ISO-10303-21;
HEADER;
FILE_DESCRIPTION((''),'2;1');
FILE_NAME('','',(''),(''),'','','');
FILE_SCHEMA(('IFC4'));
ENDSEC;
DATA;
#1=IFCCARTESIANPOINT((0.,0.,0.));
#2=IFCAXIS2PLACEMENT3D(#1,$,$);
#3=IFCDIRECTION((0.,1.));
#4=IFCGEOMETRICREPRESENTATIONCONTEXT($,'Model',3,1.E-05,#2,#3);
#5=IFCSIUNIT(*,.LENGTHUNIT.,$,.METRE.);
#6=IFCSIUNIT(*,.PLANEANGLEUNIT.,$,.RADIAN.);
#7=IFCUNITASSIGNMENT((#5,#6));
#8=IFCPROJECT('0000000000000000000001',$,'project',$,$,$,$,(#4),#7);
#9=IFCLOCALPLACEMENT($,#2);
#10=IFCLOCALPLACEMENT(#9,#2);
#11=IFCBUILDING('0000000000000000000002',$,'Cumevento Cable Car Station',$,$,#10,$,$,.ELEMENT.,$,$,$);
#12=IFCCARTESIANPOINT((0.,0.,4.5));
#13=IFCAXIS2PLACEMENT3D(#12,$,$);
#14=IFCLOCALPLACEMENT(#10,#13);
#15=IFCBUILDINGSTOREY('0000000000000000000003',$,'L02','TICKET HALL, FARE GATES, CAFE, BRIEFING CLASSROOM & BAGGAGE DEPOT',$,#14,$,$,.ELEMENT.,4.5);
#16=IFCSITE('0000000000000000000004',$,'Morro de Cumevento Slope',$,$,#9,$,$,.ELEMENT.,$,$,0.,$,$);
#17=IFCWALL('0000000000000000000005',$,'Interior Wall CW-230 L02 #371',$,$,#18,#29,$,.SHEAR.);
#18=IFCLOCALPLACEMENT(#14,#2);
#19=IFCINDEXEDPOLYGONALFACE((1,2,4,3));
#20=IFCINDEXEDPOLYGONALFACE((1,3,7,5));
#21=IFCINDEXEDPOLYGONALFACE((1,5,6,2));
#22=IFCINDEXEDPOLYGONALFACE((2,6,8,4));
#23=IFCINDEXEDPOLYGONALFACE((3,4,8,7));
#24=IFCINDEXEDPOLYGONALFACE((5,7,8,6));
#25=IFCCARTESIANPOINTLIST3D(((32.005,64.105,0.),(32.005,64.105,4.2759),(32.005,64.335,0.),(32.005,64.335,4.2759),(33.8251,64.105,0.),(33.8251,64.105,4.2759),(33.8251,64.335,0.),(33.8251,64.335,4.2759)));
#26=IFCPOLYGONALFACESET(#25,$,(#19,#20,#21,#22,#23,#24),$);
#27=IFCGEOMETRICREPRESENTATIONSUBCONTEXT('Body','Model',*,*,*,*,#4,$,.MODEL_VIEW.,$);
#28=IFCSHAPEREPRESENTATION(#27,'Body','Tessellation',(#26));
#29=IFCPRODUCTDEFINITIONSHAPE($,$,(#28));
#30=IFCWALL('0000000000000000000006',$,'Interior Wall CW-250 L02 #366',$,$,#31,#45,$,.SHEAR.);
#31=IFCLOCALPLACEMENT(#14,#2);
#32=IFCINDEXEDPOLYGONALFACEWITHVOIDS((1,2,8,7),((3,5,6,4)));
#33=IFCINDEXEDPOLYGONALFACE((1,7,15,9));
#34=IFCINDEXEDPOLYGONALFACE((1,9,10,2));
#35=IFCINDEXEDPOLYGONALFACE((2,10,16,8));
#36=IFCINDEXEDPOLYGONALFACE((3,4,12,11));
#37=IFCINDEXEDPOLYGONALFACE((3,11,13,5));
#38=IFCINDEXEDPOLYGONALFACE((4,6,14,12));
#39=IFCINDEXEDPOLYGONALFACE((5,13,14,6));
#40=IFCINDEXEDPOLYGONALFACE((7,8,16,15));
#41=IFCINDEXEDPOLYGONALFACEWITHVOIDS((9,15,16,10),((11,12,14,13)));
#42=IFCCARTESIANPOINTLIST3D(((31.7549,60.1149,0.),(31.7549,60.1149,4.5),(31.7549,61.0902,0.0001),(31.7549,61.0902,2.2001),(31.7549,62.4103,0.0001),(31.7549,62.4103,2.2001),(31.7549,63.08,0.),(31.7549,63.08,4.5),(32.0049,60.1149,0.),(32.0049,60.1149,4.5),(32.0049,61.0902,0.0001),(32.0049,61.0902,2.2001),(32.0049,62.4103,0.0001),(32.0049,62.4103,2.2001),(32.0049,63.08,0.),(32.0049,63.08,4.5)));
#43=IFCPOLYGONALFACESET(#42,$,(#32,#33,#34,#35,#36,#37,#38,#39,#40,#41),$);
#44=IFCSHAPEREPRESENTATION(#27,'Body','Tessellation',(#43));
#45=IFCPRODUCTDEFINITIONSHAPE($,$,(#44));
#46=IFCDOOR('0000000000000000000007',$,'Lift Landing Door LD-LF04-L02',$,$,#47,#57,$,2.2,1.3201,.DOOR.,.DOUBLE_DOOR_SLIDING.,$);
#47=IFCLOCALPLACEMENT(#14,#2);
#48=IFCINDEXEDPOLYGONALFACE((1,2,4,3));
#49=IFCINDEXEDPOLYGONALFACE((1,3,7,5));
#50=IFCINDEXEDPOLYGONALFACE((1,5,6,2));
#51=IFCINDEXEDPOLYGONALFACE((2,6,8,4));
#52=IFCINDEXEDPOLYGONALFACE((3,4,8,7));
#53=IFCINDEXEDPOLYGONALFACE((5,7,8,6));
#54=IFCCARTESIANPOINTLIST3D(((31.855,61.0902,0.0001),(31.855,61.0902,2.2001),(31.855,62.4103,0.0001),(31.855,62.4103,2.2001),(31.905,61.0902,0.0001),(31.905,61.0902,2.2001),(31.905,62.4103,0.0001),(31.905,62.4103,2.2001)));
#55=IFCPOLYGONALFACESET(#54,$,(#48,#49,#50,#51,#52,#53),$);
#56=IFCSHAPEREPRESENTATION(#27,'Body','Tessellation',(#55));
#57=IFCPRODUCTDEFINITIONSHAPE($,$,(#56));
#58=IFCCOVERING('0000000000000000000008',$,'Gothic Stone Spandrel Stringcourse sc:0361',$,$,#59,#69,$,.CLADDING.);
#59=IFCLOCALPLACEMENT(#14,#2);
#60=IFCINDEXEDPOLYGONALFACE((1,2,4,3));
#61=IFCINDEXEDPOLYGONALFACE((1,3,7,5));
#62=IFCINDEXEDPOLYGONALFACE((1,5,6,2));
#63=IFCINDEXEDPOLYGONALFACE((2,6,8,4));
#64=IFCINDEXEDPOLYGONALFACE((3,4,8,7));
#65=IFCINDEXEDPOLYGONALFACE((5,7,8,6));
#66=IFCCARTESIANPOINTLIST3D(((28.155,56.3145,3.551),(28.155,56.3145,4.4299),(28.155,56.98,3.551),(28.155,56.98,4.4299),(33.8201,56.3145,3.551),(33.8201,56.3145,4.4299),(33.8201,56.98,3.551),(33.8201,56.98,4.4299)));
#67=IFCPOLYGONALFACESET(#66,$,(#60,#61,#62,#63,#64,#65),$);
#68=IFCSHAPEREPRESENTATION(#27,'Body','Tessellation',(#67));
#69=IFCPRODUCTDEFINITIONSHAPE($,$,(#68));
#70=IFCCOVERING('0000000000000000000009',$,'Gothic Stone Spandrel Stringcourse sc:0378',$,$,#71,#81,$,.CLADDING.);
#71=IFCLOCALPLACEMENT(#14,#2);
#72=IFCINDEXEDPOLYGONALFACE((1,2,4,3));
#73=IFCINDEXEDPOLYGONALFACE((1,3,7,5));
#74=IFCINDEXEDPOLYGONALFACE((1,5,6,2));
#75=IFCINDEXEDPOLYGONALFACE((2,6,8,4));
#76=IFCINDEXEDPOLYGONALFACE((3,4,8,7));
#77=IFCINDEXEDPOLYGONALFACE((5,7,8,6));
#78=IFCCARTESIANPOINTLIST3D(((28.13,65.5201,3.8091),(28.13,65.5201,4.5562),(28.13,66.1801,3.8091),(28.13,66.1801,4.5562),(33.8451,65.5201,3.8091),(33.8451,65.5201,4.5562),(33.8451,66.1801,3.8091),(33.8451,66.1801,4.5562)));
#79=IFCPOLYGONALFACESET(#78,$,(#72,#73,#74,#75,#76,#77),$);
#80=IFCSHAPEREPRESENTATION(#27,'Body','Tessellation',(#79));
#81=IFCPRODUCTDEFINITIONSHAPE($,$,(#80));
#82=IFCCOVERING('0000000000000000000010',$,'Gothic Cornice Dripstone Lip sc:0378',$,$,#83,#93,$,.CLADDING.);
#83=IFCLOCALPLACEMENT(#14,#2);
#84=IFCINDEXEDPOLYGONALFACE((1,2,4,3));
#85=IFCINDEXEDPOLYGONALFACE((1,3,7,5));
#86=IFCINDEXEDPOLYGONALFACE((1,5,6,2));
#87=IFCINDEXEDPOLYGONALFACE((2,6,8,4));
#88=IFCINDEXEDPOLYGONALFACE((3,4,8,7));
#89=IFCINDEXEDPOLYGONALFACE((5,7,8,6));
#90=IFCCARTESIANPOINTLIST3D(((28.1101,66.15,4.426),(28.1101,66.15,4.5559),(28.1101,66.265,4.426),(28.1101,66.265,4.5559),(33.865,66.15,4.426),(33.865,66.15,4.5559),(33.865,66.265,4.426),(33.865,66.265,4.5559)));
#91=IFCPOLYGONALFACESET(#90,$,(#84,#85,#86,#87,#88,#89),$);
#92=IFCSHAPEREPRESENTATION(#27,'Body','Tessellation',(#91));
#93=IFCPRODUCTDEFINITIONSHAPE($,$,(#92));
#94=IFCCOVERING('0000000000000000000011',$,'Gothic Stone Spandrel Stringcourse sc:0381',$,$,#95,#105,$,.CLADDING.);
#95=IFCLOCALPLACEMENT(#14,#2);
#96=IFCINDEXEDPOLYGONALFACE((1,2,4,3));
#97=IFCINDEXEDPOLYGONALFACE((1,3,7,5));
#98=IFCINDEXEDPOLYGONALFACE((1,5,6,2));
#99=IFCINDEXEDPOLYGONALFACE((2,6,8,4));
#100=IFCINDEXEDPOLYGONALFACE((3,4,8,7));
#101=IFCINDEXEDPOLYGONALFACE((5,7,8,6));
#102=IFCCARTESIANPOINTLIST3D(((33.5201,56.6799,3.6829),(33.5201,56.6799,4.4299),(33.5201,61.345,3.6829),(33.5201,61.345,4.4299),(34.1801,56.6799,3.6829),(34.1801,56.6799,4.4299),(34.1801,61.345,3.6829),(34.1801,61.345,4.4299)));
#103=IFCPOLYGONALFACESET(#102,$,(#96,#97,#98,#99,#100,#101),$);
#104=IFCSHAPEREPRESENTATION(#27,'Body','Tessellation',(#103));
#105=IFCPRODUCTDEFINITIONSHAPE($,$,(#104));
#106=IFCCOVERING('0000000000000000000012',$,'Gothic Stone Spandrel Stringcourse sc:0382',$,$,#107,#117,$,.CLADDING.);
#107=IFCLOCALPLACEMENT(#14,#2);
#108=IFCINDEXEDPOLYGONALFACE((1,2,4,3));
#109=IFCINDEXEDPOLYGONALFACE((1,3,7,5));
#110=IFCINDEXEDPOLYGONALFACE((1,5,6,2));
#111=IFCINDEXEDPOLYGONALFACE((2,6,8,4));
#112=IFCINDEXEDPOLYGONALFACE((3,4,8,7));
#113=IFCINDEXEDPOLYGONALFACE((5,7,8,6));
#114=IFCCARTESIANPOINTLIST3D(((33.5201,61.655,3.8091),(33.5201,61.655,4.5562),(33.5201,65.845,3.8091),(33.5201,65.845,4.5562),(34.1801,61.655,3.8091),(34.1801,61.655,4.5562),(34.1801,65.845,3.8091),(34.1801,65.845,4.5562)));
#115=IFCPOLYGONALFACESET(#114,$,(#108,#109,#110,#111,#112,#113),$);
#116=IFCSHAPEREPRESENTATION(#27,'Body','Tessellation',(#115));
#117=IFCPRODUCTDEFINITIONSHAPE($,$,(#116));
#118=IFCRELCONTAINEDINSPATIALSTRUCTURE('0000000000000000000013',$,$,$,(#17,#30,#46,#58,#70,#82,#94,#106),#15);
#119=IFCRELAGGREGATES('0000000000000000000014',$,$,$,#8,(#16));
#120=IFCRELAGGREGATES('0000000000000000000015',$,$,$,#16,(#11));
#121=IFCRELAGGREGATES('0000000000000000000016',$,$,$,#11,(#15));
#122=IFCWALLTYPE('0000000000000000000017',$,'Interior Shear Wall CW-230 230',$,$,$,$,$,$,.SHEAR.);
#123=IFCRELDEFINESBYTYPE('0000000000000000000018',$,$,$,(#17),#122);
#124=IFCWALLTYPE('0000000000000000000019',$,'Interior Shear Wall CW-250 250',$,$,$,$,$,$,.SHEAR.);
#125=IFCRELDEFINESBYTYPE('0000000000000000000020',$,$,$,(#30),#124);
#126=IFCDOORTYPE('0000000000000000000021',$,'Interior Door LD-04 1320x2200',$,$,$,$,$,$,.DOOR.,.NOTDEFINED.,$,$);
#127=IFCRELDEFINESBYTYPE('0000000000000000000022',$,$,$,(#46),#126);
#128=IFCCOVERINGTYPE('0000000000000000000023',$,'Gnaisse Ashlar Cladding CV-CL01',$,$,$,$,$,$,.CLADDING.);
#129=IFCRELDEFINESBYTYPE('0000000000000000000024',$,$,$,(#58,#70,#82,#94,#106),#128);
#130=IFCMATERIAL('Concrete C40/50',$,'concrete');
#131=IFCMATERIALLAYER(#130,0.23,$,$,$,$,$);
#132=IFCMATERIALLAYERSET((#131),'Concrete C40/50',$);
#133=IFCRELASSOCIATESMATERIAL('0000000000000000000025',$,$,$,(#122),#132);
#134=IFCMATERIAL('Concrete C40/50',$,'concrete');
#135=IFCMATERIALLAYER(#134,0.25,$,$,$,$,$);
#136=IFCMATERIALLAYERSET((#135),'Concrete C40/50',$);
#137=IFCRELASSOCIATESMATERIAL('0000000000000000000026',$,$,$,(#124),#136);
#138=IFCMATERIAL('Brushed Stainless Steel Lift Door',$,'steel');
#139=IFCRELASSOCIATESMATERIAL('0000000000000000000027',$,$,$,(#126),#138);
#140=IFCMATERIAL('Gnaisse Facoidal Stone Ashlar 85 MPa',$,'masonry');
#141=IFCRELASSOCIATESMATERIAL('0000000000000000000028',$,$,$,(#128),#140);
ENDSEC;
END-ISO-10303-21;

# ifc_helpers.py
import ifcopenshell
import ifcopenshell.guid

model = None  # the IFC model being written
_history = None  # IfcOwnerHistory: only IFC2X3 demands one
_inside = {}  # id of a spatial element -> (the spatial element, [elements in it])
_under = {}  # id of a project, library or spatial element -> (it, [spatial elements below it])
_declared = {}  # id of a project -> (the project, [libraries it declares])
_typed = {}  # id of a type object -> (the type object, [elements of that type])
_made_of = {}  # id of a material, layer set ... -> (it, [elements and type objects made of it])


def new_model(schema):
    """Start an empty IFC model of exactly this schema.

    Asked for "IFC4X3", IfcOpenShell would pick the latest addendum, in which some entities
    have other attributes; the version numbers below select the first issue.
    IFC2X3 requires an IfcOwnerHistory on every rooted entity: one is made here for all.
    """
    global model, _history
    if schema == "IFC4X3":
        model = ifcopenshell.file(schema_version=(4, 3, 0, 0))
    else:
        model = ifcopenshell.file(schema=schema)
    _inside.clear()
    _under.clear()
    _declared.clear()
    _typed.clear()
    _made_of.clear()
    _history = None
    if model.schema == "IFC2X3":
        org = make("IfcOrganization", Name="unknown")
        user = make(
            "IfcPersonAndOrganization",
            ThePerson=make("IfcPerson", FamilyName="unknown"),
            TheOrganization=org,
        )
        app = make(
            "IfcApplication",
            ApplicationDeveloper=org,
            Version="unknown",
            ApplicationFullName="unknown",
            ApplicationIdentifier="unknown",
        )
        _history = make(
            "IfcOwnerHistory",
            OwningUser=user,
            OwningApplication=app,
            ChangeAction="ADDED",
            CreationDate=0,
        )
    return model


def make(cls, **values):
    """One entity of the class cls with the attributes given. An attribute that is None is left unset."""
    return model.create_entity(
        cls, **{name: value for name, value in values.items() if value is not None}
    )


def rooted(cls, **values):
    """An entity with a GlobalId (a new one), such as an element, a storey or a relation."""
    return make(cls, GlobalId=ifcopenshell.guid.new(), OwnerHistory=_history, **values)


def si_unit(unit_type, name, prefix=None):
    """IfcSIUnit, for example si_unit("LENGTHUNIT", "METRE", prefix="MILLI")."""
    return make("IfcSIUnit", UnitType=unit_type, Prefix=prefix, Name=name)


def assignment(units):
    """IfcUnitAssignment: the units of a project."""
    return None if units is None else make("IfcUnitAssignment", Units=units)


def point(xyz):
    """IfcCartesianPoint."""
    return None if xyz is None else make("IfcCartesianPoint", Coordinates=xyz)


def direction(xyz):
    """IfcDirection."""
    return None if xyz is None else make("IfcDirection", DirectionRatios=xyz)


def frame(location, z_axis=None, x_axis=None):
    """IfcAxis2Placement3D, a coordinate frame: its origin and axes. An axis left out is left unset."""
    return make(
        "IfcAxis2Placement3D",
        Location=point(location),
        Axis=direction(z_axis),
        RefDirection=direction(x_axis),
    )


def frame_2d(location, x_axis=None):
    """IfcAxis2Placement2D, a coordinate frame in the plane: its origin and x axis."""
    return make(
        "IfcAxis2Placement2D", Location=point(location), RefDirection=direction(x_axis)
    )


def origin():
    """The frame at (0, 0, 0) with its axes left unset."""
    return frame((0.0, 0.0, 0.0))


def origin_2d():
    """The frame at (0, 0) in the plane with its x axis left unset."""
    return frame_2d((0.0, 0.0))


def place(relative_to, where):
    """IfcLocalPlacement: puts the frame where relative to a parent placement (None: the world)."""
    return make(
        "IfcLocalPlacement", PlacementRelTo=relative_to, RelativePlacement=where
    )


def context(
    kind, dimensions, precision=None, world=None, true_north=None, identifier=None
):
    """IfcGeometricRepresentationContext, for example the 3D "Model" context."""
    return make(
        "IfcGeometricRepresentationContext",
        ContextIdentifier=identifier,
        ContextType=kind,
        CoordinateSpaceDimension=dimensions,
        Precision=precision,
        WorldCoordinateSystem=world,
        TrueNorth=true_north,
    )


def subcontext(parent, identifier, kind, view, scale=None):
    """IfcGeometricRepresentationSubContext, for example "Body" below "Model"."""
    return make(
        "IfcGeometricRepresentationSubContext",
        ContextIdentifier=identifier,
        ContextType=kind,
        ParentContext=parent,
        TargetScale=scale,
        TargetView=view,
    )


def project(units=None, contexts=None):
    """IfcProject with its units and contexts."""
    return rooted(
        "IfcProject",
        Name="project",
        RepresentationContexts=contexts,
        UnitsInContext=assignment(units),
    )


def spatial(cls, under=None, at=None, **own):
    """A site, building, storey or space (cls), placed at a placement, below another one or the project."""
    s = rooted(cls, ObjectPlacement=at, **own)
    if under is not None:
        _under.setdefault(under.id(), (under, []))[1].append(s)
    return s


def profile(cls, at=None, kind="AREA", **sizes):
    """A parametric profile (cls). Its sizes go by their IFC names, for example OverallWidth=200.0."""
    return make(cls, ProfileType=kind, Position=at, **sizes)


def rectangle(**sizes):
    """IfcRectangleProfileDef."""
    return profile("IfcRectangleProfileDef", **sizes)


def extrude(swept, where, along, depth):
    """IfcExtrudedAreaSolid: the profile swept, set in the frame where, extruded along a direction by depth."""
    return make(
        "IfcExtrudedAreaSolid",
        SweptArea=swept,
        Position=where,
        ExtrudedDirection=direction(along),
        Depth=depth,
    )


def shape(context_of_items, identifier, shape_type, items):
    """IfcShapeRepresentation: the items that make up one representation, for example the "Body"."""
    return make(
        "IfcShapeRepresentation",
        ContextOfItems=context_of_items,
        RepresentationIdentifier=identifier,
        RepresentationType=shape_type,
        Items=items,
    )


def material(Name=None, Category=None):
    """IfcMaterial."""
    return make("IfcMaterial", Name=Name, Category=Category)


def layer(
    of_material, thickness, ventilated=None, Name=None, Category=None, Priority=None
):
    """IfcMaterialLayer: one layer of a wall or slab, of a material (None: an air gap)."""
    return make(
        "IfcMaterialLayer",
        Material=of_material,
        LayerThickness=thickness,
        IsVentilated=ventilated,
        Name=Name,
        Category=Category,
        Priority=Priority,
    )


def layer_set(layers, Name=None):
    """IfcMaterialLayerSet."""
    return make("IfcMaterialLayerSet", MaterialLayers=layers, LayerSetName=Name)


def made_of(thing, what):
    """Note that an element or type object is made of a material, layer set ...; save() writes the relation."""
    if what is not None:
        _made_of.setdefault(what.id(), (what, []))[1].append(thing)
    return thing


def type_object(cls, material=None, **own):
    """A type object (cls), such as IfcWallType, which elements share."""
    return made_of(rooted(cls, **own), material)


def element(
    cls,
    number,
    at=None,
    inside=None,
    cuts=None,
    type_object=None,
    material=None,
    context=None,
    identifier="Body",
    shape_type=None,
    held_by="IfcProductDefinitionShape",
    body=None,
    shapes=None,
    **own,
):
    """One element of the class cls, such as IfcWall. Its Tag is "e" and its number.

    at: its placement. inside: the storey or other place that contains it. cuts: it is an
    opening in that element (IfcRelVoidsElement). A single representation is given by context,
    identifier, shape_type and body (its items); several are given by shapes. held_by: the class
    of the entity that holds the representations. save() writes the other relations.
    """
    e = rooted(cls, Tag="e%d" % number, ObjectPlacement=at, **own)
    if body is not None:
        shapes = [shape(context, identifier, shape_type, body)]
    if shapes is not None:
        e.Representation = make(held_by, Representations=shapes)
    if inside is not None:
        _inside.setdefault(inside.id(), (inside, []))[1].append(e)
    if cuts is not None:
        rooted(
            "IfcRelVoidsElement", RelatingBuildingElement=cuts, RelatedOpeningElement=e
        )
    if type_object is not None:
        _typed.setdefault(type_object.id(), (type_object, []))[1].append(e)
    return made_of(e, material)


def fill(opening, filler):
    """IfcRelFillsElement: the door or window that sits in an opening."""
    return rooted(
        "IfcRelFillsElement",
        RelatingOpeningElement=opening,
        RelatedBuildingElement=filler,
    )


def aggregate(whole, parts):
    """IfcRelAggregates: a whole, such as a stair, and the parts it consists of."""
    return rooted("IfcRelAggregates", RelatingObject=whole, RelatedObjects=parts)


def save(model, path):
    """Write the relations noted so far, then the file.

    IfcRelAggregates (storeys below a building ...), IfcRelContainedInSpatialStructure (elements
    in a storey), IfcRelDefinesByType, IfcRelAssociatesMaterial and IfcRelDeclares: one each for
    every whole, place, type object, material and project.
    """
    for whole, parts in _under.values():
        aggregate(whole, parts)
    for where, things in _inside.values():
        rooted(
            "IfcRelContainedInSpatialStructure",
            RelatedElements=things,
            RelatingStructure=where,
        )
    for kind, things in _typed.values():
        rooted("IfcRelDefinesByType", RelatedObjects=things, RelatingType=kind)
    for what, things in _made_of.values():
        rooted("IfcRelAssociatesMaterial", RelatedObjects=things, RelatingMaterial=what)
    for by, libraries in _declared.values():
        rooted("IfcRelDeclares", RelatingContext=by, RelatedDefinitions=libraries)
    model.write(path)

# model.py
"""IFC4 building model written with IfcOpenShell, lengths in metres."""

from ifc_helpers import new_model, si_unit, direction, frame, frame_2d, origin, origin_2d, place, context, subcontext, project, spatial, rectangle, extrude, material, layer, layer_set, type_object, element, fill, save


model = new_model("IFC4")

# Units and contexts
model_context = context("Model", 3, precision=1e-05, world=origin(), true_north=direction((0.0, 1.0)))
body_context = subcontext(model_context, "Body", "Model", "MODEL_VIEW")
ifc_project = project(units=[si_unit("LENGTHUNIT", "METRE"), si_unit("PLANEANGLEUNIT", "RADIAN")], contexts=[model_context])

# Site, building, storey
site_placement = place(None, origin())
site = spatial("IfcSite", under=ifc_project, at=site_placement, Name="Morro de Cumevento Slope", CompositionType="ELEMENT", RefElevation=0.0)
building_placement = place(site_placement, origin())
building = spatial("IfcBuilding", under=site, at=building_placement, Name="Cumevento Cable Car Station", CompositionType="ELEMENT")
storey_placement = place(building_placement, frame((0.0, 0.0, 4.5)))
storey = spatial("IfcBuildingStorey", under=building, at=storey_placement, Name="L02", Description="TICKET HALL, FARE GATES, CAFE, BRIEFING CLASSROOM & BAGGAGE DEPOT", CompositionType="ELEMENT", Elevation=4.5)

# Wall
ifc_material_1 = material(Name="Concrete C40/50", Category="concrete")
ifc_layer_1 = layer(ifc_material_1, 0.23)
ifc_layer_set_1 = layer_set([ifc_layer_1], Name="Concrete C40/50")
wall_type_1 = type_object("IfcWallType", Name="Interior Shear Wall CW-230 230", PredefinedType="SHEAR", material=ifc_layer_set_1)
wall_1_placement = place(storey_placement, frame((32.0049, 64.22, 0.0), z_axis=(0.0, 0.0, 1.0), x_axis=(1.0, 0.0, 0.0)))
element("IfcWall", 1, at=wall_1_placement, inside=storey, type_object=wall_type_1, Name="Interior Wall CW-230 L02 #371", PredefinedType="SHEAR", context=body_context, shape_type="SweptSolid", body=[
    extrude(rectangle(XDim=1.8201, YDim=0.23, at=frame_2d((0.9102, 0.0))), origin(), (0.0, 0.0, 1.0), 4.2759),
])

# Wall, opening, door
ifc_material_2 = material(Name="Concrete C40/50", Category="concrete")
ifc_layer_2 = layer(ifc_material_2, 0.25)
ifc_layer_set_2 = layer_set([ifc_layer_2], Name="Concrete C40/50")
wall_type_2 = type_object("IfcWallType", Name="Interior Shear Wall CW-250 250", PredefinedType="SHEAR", material=ifc_layer_set_2)
wall_2_placement = place(storey_placement, frame((31.8799, 60.115, 0.0), z_axis=(0.0, 0.0, 1.0), x_axis=(0.0, 1.0, 0.0)))
wall_2 = element("IfcWall", 2, at=wall_2_placement, inside=storey, type_object=wall_type_2, Name="Interior Wall CW-250 L02 #366", PredefinedType="SHEAR", context=body_context, shape_type="SweptSolid", body=[
    extrude(rectangle(XDim=2.9651, YDim=0.25, at=frame_2d((1.4824, 0.0))), origin(), (0.0, 0.0, 1.0), 4.5),
])
opening_1_placement = place(wall_2_placement, frame((0.9751, 0.0, 0.0)))
opening_1 = element("IfcOpeningElement", 3, at=opening_1_placement, cuts=wall_2, PredefinedType="OPENING", context=body_context, shape_type="SweptSolid", body=[
    extrude(rectangle(XDim=1.3201, YDim=2.2, at=frame_2d((0.6602, 1.1001))), frame((0.0, 0.135, 0.0), z_axis=(0.0, -1.0, 0.0), x_axis=(1.0, 0.0, 0.0)), (0.0, 0.0, 1.0), 0.27),
])
ifc_material_3 = material(Name="Brushed Stainless Steel Lift Door", Category="steel")
door_type_1 = type_object("IfcDoorType", Name="Interior Door LD-04 1320x2200", OperationType="NOTDEFINED", PredefinedType="DOOR", material=ifc_material_3)
door_1_placement = place(opening_1_placement, origin())
door_1 = element("IfcDoor", 4, at=door_1_placement, inside=storey, type_object=door_type_1, Name="Lift Landing Door LD-LF04-L02", OperationType="DOUBLE_DOOR_SLIDING", OverallHeight=2.2, OverallWidth=1.3201, PredefinedType="DOOR", context=body_context, shape_type="SweptSolid", body=[
    extrude(rectangle(XDim=1.3201, YDim=2.2, at=frame_2d((0.6602, 1.1001))), frame((0.0, 0.0249, 0.0), z_axis=(0.0, -1.0, 0.0), x_axis=(1.0, 0.0, 0.0)), (0.0, 0.0, 1.0), 0.05),
])
fill(opening_1, door_1)

# Coverings
ifc_material_4 = material(Name="Gnaisse Facoidal Stone Ashlar 85 MPa", Category="masonry")
covering_type = type_object("IfcCoveringType", Name="Gnaisse Ashlar Cladding CV-CL01", PredefinedType="CLADDING", material=ifc_material_4)
covering_1_placement = place(storey_placement, frame((30.9875, 56.6472, 3.551), z_axis=(0.0, 0.0, 1.0), x_axis=(-1.0, 0.0, 0.0)))
element("IfcCovering", 5, at=covering_1_placement, inside=storey, type_object=covering_type, Name="Gothic Stone Spandrel Stringcourse sc:0361", PredefinedType="CLADDING", context=body_context, shape_type="SweptSolid", body=[
    extrude(rectangle(XDim=5.665, YDim=0.6655, at=origin_2d()), origin(), (0.0, 0.0, 1.0), 0.8789),
])
covering_2_placement = place(storey_placement, frame((30.9875, 65.8501, 3.8091), z_axis=(0.0, 0.0, 1.0), x_axis=(1.0, 0.0, 0.0)))
element("IfcCovering", 6, at=covering_2_placement, inside=storey, type_object=covering_type, Name="Gothic Stone Spandrel Stringcourse sc:0378", PredefinedType="CLADDING", context=body_context, shape_type="SweptSolid", body=[
    extrude(rectangle(XDim=5.7151, YDim=0.6599, at=origin_2d()), origin(), (0.0, 0.0, 1.0), 0.7471),
])
covering_3_placement = place(storey_placement, frame((30.9875, 66.2075, 4.426), z_axis=(0.0, 0.0, 1.0), x_axis=(1.0, 0.0, 0.0)))
element("IfcCovering", 7, at=covering_3_placement, inside=storey, type_object=covering_type, Name="Gothic Cornice Dripstone Lip sc:0378", PredefinedType="CLADDING", context=body_context, shape_type="SweptSolid", body=[
    extrude(rectangle(XDim=5.7549, YDim=0.115, at=origin_2d()), origin(), (0.0, 0.0, 1.0), 0.1299),
])
covering_4_placement = place(storey_placement, frame((33.8501, 59.0125, 3.6829), z_axis=(0.0, 0.0, 1.0), x_axis=(0.0, -1.0, 0.0)))
element("IfcCovering", 8, at=covering_4_placement, inside=storey, type_object=covering_type, Name="Gothic Stone Spandrel Stringcourse sc:0381", PredefinedType="CLADDING", context=body_context, shape_type="SweptSolid", body=[
    extrude(rectangle(XDim=4.665, YDim=0.6599, at=origin_2d()), origin(), (0.0, 0.0, 1.0), 0.7471),
])
covering_5_placement = place(storey_placement, frame((33.8501, 63.75, 3.8091), z_axis=(0.0, 0.0, 1.0), x_axis=(0.0, -1.0, 0.0)))
element("IfcCovering", 9, at=covering_5_placement, inside=storey, type_object=covering_type, Name="Gothic Stone Spandrel Stringcourse sc:0382", PredefinedType="CLADDING", context=body_context, shape_type="SweptSolid", body=[
    extrude(rectangle(XDim=4.1899, YDim=0.6599, at=origin_2d()), origin(), (0.0, 0.0, 1.0), 0.7471),
])

save(model, "model.ifc")
